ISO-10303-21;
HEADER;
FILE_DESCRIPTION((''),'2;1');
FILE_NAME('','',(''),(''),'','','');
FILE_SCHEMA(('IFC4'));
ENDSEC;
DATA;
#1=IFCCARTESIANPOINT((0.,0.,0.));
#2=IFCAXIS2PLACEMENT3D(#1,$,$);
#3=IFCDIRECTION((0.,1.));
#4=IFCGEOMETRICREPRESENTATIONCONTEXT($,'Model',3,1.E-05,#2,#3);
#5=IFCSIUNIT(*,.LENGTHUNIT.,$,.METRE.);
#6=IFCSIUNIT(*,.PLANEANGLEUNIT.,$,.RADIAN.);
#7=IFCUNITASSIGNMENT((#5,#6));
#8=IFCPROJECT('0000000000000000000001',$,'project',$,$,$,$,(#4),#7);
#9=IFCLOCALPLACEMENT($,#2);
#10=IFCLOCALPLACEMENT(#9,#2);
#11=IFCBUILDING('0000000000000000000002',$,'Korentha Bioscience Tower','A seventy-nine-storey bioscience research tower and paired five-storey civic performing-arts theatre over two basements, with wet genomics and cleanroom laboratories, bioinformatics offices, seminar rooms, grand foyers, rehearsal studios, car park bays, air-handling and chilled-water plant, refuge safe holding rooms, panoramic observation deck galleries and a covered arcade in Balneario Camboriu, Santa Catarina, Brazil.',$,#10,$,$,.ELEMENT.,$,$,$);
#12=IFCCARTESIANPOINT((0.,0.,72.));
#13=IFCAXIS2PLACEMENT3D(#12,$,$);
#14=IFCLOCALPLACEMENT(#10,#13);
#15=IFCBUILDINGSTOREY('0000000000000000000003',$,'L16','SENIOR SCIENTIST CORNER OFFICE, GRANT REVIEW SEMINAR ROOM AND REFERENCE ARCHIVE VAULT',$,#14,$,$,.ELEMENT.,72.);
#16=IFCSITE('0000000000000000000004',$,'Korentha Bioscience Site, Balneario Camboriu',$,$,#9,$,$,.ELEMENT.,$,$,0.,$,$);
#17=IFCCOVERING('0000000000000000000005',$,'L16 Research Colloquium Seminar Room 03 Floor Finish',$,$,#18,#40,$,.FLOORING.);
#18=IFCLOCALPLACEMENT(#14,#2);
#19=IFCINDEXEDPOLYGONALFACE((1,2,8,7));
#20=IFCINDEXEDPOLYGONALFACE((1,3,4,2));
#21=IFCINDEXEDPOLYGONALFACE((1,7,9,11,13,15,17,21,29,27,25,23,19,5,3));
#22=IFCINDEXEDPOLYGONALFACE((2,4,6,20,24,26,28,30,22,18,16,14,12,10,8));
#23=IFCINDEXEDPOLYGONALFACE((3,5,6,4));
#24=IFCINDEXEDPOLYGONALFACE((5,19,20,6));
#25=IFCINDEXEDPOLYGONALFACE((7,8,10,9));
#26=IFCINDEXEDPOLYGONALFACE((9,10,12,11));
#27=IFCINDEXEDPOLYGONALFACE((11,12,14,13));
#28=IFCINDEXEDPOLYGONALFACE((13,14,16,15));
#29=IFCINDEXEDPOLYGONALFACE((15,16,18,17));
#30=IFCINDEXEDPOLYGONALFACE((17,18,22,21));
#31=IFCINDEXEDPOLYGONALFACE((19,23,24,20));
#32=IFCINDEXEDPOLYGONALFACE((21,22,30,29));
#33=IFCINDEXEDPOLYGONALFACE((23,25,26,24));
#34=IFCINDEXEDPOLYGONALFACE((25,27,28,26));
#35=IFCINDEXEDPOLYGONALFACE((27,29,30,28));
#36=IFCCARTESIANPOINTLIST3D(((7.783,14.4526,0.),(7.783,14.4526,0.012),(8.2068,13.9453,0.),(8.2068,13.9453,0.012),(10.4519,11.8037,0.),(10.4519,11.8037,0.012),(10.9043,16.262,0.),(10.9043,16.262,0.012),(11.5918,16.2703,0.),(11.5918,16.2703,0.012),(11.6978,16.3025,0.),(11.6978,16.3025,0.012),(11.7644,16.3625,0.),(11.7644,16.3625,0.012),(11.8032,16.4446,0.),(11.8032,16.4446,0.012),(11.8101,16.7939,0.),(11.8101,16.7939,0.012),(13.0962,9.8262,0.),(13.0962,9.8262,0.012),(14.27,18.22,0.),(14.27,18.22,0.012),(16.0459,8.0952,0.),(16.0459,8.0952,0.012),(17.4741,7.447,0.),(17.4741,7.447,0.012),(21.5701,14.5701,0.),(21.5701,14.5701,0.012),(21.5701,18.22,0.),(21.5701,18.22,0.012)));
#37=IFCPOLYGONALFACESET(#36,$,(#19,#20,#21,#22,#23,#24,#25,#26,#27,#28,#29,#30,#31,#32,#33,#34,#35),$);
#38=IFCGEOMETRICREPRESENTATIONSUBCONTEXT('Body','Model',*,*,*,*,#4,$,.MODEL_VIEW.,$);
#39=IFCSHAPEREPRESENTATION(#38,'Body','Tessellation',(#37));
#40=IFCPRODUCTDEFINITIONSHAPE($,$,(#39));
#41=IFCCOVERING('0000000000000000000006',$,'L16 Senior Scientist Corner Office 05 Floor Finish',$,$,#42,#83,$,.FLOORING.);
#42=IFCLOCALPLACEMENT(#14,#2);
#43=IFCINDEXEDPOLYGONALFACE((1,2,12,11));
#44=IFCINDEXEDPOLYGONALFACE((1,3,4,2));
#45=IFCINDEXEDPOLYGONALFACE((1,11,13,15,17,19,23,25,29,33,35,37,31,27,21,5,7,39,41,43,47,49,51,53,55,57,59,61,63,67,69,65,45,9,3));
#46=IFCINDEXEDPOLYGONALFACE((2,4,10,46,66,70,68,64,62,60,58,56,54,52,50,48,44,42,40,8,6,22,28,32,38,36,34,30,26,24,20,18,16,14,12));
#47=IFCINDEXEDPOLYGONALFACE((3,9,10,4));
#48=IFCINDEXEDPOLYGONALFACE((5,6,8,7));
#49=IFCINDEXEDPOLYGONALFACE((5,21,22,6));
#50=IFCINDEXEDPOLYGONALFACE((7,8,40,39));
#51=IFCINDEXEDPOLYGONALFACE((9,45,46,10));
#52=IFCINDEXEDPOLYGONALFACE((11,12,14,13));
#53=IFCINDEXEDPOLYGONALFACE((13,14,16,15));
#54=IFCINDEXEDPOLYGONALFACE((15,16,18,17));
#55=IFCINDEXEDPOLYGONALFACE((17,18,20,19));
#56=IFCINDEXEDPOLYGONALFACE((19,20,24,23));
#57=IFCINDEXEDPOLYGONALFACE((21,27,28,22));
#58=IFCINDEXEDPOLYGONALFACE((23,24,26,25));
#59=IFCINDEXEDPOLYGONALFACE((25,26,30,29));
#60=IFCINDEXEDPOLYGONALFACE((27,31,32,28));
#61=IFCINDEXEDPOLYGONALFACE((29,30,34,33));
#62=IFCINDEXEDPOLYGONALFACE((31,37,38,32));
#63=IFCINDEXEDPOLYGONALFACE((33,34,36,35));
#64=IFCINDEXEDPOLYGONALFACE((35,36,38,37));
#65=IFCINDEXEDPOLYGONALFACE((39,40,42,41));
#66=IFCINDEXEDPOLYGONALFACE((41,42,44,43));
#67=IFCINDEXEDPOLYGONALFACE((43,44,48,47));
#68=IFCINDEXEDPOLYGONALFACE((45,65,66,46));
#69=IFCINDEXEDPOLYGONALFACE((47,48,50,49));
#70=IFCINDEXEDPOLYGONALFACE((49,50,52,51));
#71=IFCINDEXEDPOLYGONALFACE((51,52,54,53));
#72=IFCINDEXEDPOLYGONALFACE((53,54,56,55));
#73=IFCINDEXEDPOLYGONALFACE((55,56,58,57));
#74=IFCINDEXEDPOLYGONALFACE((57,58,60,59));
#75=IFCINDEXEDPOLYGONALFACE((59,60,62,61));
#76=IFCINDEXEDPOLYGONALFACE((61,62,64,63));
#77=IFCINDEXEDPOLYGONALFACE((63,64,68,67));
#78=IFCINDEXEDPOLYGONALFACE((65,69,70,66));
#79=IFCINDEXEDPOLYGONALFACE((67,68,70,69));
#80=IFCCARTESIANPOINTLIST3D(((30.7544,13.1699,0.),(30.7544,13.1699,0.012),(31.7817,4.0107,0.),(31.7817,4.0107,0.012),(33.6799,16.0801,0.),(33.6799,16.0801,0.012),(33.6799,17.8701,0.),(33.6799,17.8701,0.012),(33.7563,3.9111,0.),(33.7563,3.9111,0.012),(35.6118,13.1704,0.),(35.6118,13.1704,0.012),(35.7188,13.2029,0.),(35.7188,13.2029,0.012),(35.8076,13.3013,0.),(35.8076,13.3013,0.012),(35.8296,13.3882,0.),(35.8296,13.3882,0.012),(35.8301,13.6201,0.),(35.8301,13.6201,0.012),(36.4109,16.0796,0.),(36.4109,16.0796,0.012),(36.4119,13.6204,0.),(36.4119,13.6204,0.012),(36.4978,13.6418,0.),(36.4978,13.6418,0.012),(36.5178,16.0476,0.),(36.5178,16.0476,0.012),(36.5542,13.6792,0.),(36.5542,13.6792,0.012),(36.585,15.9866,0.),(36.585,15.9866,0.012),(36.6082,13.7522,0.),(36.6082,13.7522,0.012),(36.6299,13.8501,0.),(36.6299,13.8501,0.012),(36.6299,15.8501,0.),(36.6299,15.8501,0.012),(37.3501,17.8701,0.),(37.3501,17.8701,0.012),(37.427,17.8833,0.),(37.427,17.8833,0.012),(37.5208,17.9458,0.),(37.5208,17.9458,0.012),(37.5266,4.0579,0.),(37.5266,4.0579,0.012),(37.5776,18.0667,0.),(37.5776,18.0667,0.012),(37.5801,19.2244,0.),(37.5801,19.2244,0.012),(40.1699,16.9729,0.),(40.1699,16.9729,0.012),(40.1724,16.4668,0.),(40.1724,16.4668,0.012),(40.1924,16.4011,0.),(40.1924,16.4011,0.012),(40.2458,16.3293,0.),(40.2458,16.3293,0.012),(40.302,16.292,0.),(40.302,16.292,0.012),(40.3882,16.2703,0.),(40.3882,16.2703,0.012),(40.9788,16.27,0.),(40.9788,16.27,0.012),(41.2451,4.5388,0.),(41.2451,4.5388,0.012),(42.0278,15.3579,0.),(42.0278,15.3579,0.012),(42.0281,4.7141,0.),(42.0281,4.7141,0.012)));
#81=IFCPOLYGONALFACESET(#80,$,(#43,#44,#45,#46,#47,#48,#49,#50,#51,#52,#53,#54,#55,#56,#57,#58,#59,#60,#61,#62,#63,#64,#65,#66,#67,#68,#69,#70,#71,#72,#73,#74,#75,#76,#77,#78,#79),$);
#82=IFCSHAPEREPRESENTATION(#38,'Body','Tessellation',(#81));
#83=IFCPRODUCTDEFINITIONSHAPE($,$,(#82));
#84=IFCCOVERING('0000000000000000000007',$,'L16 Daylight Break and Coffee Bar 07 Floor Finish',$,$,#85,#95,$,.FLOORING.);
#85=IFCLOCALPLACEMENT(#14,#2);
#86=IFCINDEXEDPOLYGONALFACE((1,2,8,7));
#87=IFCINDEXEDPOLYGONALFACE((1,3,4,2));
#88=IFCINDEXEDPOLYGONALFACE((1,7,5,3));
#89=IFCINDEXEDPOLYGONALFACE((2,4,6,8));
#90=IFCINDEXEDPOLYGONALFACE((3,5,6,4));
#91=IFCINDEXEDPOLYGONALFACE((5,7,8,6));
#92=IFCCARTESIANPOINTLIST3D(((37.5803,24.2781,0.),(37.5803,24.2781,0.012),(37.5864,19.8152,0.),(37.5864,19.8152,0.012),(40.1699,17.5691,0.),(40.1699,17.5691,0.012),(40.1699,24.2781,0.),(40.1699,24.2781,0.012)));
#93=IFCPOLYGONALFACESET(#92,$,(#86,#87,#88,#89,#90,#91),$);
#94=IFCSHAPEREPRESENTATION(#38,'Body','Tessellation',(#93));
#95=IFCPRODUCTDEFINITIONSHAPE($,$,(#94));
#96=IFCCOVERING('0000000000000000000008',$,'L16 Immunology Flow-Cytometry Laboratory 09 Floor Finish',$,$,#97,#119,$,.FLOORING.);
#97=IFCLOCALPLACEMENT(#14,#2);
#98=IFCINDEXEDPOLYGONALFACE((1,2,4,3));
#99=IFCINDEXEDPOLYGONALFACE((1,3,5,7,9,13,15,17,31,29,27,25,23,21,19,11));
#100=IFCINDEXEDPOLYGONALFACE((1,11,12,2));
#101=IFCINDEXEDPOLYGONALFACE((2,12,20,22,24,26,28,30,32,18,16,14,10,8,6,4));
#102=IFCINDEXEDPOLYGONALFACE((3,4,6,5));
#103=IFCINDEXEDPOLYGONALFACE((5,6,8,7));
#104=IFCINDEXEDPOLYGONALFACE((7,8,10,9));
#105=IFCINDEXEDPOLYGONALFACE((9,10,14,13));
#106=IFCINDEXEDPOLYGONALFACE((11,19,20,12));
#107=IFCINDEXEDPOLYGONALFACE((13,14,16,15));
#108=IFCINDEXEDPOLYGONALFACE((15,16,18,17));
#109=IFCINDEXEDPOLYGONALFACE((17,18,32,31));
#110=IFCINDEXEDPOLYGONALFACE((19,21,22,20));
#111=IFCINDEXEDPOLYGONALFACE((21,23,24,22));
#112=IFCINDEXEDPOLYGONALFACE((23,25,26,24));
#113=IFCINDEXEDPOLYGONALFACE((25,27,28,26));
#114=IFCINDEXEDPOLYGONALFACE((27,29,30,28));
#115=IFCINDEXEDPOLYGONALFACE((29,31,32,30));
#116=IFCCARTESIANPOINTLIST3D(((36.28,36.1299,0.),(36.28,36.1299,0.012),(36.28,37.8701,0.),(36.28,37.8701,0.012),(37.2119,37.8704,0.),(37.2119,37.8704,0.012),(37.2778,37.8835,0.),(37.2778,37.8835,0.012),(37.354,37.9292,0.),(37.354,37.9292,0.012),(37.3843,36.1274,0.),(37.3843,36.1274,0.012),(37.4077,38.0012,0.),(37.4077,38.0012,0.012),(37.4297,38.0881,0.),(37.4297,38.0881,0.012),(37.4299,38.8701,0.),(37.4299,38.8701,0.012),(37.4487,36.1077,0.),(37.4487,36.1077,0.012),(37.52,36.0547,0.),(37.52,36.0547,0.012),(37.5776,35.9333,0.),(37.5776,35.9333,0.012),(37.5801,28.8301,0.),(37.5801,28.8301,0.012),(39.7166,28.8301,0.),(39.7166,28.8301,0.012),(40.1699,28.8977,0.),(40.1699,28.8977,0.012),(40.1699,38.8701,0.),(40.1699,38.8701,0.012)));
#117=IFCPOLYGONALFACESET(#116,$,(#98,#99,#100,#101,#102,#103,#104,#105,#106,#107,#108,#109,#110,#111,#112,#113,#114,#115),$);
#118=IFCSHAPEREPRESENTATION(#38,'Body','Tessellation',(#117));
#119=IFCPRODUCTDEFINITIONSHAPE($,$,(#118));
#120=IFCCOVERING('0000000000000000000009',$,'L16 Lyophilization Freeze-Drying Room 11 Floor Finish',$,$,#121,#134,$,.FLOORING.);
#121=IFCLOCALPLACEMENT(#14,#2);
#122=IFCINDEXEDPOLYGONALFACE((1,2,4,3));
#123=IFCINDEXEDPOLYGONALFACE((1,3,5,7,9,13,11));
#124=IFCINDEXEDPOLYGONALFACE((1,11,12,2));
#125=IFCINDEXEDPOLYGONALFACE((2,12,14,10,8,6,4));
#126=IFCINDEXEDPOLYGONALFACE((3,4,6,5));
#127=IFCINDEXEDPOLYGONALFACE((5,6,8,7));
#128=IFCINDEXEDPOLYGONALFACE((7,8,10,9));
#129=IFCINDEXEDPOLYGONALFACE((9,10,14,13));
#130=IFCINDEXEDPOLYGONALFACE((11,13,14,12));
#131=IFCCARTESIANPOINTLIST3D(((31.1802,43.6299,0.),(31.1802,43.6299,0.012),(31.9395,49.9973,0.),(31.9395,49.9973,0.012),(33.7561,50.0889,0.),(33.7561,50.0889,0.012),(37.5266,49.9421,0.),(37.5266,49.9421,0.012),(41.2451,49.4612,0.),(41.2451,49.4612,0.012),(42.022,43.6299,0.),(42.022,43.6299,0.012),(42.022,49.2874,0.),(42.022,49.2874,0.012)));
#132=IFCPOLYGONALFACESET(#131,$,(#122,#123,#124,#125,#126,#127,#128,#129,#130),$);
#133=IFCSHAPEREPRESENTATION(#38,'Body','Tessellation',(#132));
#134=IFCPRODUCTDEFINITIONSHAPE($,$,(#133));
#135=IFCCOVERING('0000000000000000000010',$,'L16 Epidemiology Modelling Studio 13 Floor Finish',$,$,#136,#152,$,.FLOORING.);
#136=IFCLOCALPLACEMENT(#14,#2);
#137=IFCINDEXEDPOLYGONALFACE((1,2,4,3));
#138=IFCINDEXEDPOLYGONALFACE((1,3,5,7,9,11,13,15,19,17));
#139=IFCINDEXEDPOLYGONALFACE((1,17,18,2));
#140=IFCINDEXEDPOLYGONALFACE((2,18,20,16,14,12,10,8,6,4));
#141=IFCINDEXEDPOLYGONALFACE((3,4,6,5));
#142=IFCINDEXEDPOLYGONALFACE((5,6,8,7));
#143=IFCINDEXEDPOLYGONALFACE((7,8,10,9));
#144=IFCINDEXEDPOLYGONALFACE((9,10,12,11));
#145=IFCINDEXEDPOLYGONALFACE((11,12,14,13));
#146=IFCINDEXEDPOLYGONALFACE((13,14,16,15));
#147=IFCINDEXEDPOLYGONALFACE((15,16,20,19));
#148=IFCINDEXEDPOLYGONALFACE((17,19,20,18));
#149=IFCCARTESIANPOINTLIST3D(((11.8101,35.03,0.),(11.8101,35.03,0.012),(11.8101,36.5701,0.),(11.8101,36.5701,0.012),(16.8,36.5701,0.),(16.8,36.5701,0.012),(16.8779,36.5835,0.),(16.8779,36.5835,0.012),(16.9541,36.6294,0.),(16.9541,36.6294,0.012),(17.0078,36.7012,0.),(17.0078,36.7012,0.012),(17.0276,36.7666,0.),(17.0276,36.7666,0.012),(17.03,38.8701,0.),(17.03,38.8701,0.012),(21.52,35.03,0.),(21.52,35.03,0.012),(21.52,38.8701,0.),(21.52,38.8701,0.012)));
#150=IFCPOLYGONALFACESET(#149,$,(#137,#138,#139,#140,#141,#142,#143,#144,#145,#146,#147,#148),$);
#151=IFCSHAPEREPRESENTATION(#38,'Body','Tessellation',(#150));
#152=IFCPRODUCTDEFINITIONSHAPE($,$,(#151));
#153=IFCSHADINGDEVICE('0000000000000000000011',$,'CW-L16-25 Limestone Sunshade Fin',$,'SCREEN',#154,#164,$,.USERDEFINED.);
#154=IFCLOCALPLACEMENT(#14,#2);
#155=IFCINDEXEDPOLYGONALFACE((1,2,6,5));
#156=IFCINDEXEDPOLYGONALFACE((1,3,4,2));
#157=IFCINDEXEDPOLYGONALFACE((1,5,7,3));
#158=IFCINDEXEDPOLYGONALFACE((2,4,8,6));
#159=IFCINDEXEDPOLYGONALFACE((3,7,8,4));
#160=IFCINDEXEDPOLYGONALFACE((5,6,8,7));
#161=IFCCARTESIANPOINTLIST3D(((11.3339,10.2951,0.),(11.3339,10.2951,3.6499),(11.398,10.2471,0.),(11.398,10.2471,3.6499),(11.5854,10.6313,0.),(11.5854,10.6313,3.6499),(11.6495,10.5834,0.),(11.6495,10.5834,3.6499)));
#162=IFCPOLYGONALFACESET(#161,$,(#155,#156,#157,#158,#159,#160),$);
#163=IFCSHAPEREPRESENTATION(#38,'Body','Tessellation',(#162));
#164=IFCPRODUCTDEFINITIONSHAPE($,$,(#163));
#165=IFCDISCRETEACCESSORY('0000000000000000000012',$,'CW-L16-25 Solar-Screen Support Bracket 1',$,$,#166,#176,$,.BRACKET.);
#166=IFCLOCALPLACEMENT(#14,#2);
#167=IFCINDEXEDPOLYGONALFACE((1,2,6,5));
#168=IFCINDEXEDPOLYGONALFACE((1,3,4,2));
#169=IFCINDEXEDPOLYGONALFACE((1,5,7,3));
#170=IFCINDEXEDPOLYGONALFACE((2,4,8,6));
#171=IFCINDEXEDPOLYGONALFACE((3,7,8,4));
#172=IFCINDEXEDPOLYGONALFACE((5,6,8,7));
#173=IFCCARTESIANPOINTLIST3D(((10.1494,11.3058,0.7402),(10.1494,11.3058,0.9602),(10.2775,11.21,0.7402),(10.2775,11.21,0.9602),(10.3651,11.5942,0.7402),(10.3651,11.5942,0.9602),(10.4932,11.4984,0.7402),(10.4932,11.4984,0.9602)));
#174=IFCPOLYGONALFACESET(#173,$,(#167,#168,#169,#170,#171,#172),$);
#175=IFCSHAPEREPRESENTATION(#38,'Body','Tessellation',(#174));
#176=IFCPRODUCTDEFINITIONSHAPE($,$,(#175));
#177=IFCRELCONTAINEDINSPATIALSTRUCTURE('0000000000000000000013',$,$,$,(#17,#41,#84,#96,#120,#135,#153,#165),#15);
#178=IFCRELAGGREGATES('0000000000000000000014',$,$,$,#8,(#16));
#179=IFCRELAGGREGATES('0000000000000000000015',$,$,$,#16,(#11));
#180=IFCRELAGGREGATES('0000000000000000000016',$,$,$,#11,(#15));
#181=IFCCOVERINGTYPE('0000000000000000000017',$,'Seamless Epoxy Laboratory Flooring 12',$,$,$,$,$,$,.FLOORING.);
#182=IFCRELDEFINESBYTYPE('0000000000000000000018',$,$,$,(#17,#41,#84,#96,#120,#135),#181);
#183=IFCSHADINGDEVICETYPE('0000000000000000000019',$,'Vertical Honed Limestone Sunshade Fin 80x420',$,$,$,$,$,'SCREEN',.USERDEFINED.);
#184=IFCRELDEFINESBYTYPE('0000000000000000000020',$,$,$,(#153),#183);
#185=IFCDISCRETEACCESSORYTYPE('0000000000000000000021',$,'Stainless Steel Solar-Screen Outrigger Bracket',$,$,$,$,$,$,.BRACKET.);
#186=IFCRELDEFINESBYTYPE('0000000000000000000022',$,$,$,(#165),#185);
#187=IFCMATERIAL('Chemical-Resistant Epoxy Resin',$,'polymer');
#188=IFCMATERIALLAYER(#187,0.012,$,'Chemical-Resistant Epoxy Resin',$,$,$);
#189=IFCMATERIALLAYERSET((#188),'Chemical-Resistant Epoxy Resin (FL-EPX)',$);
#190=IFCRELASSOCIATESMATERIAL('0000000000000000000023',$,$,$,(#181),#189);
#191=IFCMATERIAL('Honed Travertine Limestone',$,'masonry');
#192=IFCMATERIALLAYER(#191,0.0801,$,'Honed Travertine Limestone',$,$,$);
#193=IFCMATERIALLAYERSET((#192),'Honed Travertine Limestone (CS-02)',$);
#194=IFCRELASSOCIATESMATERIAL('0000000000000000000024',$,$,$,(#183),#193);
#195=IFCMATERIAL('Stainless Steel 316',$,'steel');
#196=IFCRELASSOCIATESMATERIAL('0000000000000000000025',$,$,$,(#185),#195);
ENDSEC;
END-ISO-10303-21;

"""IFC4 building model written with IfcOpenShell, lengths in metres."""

from ifc_helpers import new_model, si_unit, direction, frame, origin, origin_2d, place, context, subcontext, project, spatial, polyline, rectangle, outline, extrude, material, layer, layer_set, type_object, element, save


model = new_model("IFC4")

# Units and contexts
model_context = context("Model", 3, precision=1e-05, world=origin(), true_north=direction((0.0, 1.0)))
body_context = subcontext(model_context, "Body", "Model", "MODEL_VIEW")
ifc_project = project(units=[si_unit("LENGTHUNIT", "METRE"), si_unit("PLANEANGLEUNIT", "RADIAN")], contexts=[model_context])

# Site, building, storey
site_placement = place(None, origin())
site = spatial("IfcSite", under=ifc_project, at=site_placement, Name="Korentha Bioscience Site, Balneario Camboriu", CompositionType="ELEMENT", RefElevation=0.0)
building_placement = place(site_placement, origin())
building = spatial("IfcBuilding", under=site, at=building_placement, Name="Korentha Bioscience Tower", Description="A seventy-nine-storey bioscience research tower and paired five-storey civic performing-arts theatre over two basements, with wet genomics and cleanroom laboratories, bioinformatics offices, seminar rooms, grand foyers, rehearsal studios, car park bays, air-handling and chilled-water plant, refuge safe holding rooms, panoramic observation deck galleries and a covered arcade in Balneario Camboriu, Santa Catarina, Brazil.", CompositionType="ELEMENT")
storey_placement = place(building_placement, frame((0.0, 0.0, 72.0)))
storey = spatial("IfcBuildingStorey", under=building, at=storey_placement, Name="L16", Description="SENIOR SCIENTIST CORNER OFFICE, GRANT REVIEW SEMINAR ROOM AND REFERENCE ARCHIVE VAULT", CompositionType="ELEMENT", Elevation=72.0)

# Coverings
ifc_material_1 = material(Name="Chemical-Resistant Epoxy Resin", Category="polymer")
ifc_layer_1 = layer(ifc_material_1, 0.012, Name="Chemical-Resistant Epoxy Resin")
ifc_layer_set_1 = layer_set([ifc_layer_1], Name="Chemical-Resistant Epoxy Resin (FL-EPX)")
covering_type_1 = type_object("IfcCoveringType", Name="Seamless Epoxy Laboratory Flooring 12", PredefinedType="FLOORING", material=ifc_layer_set_1)
covering_1_placement = place(storey_placement, origin())
element("IfcCovering", 1, at=covering_1_placement, inside=storey, type_object=covering_type_1, Name="L16 Research Colloquium Seminar Room 03 Floor Finish", PredefinedType="FLOORING", context=body_context, shape_type="SweptSolid", body=[
    extrude(outline(polyline([(8.2068, 13.9453), (7.783, 14.4526), (10.9043, 16.262), (11.5918, 16.2703), (11.6978, 16.3025), (11.7644, 16.3625), (11.8032, 16.4446), (11.8101, 16.7939), (14.27, 18.22), (21.5701, 18.22), (21.5701, 14.5701), (17.4741, 7.447), (16.0459, 8.0952), (13.0962, 9.8262), (10.4519, 11.8037), (8.2068, 13.9453)])), origin(), (0.0, 0.0, 1.0), 0.012),
])
covering_2_placement = place(storey_placement, origin())
element("IfcCovering", 2, at=covering_2_placement, inside=storey, type_object=covering_type_1, Name="L16 Senior Scientist Corner Office 05 Floor Finish", PredefinedType="FLOORING", context=body_context, shape_type="SweptSolid", body=[
    extrude(outline(polyline([(30.7544, 13.1699), (35.6118, 13.1704), (35.7188, 13.2029), (35.8076, 13.3013), (35.8296, 13.3882), (35.8301, 13.6201), (36.4119, 13.6204), (36.4978, 13.6418), (36.5542, 13.6792), (36.6082, 13.7522), (36.6299, 13.8501), (36.6299, 15.8501), (36.585, 15.9866), (36.5178, 16.0476), (36.4109, 16.0796), (33.6799, 16.0801), (33.6799, 17.8701), (37.3501, 17.8701), (37.427, 17.8833), (37.5208, 17.9458), (37.5776, 18.0667), (37.5801, 19.2244), (40.1699, 16.9729), (40.1724, 16.4668), (40.1924, 16.4011), (40.2458, 16.3293), (40.302, 16.292), (40.3882, 16.2703), (40.9788, 16.27), (42.0278, 15.3579), (42.0281, 4.7141), (41.2451, 4.5388), (37.5266, 4.0579), (33.7563, 3.9111), (31.7817, 4.0107), (30.7544, 13.1699)])), origin(), (0.0, 0.0, 1.0), 0.012),
])
covering_3_placement = place(storey_placement, origin())
element("IfcCovering", 3, at=covering_3_placement, inside=storey, type_object=covering_type_1, Name="L16 Daylight Break and Coffee Bar 07 Floor Finish", PredefinedType="FLOORING", context=body_context, shape_type="SweptSolid", body=[
    extrude(outline(polyline([(40.1699, 17.5691), (37.5864, 19.8152), (37.5803, 24.2781), (40.1699, 24.2781), (40.1699, 17.5691)])), origin(), (0.0, 0.0, 1.0), 0.012),
])
covering_4_placement = place(storey_placement, origin())
element("IfcCovering", 4, at=covering_4_placement, inside=storey, type_object=covering_type_1, Name="L16 Immunology Flow-Cytometry Laboratory 09 Floor Finish", PredefinedType="FLOORING", context=body_context, shape_type="SweptSolid", body=[
    extrude(outline(polyline([(37.5801, 28.8301), (37.5776, 35.9333), (37.52, 36.0547), (37.4487, 36.1077), (37.3843, 36.1274), (36.28, 36.1299), (36.28, 37.8701), (37.2119, 37.8704), (37.2778, 37.8835), (37.354, 37.9292), (37.4077, 38.0012), (37.4297, 38.0881), (37.4299, 38.8701), (40.1699, 38.8701), (40.1699, 28.8977), (39.7166, 28.8301), (37.5801, 28.8301)])), origin(), (0.0, 0.0, 1.0), 0.012),
])
covering_5_placement = place(storey_placement, origin())
element("IfcCovering", 5, at=covering_5_placement, inside=storey, type_object=covering_type_1, Name="L16 Lyophilization Freeze-Drying Room 11 Floor Finish", PredefinedType="FLOORING", context=body_context, shape_type="SweptSolid", body=[
    extrude(outline(polyline([(41.2451, 49.4612), (42.022, 49.2874), (42.022, 43.6299), (31.1802, 43.6299), (31.9395, 49.9973), (33.7561, 50.0889), (37.5266, 49.9421), (41.2451, 49.4612)])), origin(), (0.0, 0.0, 1.0), 0.012),
])
covering_6_placement = place(storey_placement, origin())
element("IfcCovering", 6, at=covering_6_placement, inside=storey, type_object=covering_type_1, Name="L16 Epidemiology Modelling Studio 13 Floor Finish", PredefinedType="FLOORING", context=body_context, shape_type="SweptSolid", body=[
    extrude(outline(polyline([(16.8, 36.5701), (16.8779, 36.5835), (16.9541, 36.6294), (17.0078, 36.7012), (17.0276, 36.7666), (17.03, 38.8701), (21.52, 38.8701), (21.52, 35.03), (11.8101, 35.03), (11.8101, 36.5701), (16.8, 36.5701)])), origin(), (0.0, 0.0, 1.0), 0.012),
])

# Shading device
ifc_material_2 = material(Name="Honed Travertine Limestone", Category="masonry")
ifc_layer_2 = layer(ifc_material_2, 0.0801, Name="Honed Travertine Limestone")
ifc_layer_set_2 = layer_set([ifc_layer_2], Name="Honed Travertine Limestone (CS-02)")
shading_device_type_1 = type_object("IfcShadingDeviceType", Name="Vertical Honed Limestone Sunshade Fin 80x420", ElementType="SCREEN", PredefinedType="USERDEFINED", material=ifc_layer_set_2)
shading_device_1_placement = place(storey_placement, frame((11.4917, 10.4392, 0.0), z_axis=(0.0, 0.0, 1.0), x_axis=(0.800798, -0.598935, 0.0)))
element("IfcShadingDevice", 7, at=shading_device_1_placement, inside=storey, type_object=shading_device_type_1, Name="CW-L16-25 Limestone Sunshade Fin", ObjectType="SCREEN", PredefinedType="USERDEFINED", context=body_context, shape_type="SweptSolid", body=[
    extrude(rectangle(XDim=0.0801, YDim=0.4199, at=origin_2d()), origin(), (0.0, 0.0, 1.0), 3.6499),
])

# Discrete accessory
ifc_material_3 = material(Name="Stainless Steel 316", Category="steel")
discrete_accessory_type = type_object("IfcDiscreteAccessoryType", Name="Stainless Steel Solar-Screen Outrigger Bracket", PredefinedType="BRACKET", material=ifc_material_3)
discrete_accessory_placement = place(storey_placement, frame((10.3213, 11.4021, 0.7402), z_axis=(0.0, 0.0, 1.0), x_axis=(0.800798, -0.598935, 0.0)))
element("IfcDiscreteAccessory", 8, at=discrete_accessory_placement, inside=storey, type_object=discrete_accessory_type, Name="CW-L16-25 Solar-Screen Support Bracket 1", PredefinedType="BRACKET", context=body_context, shape_type="SweptSolid", body=[
    extrude(rectangle(XDim=0.1599, YDim=0.3601, at=origin_2d()), origin(), (0.0, 0.0, 1.0), 0.22),
])

save(model, "model.ifc")
